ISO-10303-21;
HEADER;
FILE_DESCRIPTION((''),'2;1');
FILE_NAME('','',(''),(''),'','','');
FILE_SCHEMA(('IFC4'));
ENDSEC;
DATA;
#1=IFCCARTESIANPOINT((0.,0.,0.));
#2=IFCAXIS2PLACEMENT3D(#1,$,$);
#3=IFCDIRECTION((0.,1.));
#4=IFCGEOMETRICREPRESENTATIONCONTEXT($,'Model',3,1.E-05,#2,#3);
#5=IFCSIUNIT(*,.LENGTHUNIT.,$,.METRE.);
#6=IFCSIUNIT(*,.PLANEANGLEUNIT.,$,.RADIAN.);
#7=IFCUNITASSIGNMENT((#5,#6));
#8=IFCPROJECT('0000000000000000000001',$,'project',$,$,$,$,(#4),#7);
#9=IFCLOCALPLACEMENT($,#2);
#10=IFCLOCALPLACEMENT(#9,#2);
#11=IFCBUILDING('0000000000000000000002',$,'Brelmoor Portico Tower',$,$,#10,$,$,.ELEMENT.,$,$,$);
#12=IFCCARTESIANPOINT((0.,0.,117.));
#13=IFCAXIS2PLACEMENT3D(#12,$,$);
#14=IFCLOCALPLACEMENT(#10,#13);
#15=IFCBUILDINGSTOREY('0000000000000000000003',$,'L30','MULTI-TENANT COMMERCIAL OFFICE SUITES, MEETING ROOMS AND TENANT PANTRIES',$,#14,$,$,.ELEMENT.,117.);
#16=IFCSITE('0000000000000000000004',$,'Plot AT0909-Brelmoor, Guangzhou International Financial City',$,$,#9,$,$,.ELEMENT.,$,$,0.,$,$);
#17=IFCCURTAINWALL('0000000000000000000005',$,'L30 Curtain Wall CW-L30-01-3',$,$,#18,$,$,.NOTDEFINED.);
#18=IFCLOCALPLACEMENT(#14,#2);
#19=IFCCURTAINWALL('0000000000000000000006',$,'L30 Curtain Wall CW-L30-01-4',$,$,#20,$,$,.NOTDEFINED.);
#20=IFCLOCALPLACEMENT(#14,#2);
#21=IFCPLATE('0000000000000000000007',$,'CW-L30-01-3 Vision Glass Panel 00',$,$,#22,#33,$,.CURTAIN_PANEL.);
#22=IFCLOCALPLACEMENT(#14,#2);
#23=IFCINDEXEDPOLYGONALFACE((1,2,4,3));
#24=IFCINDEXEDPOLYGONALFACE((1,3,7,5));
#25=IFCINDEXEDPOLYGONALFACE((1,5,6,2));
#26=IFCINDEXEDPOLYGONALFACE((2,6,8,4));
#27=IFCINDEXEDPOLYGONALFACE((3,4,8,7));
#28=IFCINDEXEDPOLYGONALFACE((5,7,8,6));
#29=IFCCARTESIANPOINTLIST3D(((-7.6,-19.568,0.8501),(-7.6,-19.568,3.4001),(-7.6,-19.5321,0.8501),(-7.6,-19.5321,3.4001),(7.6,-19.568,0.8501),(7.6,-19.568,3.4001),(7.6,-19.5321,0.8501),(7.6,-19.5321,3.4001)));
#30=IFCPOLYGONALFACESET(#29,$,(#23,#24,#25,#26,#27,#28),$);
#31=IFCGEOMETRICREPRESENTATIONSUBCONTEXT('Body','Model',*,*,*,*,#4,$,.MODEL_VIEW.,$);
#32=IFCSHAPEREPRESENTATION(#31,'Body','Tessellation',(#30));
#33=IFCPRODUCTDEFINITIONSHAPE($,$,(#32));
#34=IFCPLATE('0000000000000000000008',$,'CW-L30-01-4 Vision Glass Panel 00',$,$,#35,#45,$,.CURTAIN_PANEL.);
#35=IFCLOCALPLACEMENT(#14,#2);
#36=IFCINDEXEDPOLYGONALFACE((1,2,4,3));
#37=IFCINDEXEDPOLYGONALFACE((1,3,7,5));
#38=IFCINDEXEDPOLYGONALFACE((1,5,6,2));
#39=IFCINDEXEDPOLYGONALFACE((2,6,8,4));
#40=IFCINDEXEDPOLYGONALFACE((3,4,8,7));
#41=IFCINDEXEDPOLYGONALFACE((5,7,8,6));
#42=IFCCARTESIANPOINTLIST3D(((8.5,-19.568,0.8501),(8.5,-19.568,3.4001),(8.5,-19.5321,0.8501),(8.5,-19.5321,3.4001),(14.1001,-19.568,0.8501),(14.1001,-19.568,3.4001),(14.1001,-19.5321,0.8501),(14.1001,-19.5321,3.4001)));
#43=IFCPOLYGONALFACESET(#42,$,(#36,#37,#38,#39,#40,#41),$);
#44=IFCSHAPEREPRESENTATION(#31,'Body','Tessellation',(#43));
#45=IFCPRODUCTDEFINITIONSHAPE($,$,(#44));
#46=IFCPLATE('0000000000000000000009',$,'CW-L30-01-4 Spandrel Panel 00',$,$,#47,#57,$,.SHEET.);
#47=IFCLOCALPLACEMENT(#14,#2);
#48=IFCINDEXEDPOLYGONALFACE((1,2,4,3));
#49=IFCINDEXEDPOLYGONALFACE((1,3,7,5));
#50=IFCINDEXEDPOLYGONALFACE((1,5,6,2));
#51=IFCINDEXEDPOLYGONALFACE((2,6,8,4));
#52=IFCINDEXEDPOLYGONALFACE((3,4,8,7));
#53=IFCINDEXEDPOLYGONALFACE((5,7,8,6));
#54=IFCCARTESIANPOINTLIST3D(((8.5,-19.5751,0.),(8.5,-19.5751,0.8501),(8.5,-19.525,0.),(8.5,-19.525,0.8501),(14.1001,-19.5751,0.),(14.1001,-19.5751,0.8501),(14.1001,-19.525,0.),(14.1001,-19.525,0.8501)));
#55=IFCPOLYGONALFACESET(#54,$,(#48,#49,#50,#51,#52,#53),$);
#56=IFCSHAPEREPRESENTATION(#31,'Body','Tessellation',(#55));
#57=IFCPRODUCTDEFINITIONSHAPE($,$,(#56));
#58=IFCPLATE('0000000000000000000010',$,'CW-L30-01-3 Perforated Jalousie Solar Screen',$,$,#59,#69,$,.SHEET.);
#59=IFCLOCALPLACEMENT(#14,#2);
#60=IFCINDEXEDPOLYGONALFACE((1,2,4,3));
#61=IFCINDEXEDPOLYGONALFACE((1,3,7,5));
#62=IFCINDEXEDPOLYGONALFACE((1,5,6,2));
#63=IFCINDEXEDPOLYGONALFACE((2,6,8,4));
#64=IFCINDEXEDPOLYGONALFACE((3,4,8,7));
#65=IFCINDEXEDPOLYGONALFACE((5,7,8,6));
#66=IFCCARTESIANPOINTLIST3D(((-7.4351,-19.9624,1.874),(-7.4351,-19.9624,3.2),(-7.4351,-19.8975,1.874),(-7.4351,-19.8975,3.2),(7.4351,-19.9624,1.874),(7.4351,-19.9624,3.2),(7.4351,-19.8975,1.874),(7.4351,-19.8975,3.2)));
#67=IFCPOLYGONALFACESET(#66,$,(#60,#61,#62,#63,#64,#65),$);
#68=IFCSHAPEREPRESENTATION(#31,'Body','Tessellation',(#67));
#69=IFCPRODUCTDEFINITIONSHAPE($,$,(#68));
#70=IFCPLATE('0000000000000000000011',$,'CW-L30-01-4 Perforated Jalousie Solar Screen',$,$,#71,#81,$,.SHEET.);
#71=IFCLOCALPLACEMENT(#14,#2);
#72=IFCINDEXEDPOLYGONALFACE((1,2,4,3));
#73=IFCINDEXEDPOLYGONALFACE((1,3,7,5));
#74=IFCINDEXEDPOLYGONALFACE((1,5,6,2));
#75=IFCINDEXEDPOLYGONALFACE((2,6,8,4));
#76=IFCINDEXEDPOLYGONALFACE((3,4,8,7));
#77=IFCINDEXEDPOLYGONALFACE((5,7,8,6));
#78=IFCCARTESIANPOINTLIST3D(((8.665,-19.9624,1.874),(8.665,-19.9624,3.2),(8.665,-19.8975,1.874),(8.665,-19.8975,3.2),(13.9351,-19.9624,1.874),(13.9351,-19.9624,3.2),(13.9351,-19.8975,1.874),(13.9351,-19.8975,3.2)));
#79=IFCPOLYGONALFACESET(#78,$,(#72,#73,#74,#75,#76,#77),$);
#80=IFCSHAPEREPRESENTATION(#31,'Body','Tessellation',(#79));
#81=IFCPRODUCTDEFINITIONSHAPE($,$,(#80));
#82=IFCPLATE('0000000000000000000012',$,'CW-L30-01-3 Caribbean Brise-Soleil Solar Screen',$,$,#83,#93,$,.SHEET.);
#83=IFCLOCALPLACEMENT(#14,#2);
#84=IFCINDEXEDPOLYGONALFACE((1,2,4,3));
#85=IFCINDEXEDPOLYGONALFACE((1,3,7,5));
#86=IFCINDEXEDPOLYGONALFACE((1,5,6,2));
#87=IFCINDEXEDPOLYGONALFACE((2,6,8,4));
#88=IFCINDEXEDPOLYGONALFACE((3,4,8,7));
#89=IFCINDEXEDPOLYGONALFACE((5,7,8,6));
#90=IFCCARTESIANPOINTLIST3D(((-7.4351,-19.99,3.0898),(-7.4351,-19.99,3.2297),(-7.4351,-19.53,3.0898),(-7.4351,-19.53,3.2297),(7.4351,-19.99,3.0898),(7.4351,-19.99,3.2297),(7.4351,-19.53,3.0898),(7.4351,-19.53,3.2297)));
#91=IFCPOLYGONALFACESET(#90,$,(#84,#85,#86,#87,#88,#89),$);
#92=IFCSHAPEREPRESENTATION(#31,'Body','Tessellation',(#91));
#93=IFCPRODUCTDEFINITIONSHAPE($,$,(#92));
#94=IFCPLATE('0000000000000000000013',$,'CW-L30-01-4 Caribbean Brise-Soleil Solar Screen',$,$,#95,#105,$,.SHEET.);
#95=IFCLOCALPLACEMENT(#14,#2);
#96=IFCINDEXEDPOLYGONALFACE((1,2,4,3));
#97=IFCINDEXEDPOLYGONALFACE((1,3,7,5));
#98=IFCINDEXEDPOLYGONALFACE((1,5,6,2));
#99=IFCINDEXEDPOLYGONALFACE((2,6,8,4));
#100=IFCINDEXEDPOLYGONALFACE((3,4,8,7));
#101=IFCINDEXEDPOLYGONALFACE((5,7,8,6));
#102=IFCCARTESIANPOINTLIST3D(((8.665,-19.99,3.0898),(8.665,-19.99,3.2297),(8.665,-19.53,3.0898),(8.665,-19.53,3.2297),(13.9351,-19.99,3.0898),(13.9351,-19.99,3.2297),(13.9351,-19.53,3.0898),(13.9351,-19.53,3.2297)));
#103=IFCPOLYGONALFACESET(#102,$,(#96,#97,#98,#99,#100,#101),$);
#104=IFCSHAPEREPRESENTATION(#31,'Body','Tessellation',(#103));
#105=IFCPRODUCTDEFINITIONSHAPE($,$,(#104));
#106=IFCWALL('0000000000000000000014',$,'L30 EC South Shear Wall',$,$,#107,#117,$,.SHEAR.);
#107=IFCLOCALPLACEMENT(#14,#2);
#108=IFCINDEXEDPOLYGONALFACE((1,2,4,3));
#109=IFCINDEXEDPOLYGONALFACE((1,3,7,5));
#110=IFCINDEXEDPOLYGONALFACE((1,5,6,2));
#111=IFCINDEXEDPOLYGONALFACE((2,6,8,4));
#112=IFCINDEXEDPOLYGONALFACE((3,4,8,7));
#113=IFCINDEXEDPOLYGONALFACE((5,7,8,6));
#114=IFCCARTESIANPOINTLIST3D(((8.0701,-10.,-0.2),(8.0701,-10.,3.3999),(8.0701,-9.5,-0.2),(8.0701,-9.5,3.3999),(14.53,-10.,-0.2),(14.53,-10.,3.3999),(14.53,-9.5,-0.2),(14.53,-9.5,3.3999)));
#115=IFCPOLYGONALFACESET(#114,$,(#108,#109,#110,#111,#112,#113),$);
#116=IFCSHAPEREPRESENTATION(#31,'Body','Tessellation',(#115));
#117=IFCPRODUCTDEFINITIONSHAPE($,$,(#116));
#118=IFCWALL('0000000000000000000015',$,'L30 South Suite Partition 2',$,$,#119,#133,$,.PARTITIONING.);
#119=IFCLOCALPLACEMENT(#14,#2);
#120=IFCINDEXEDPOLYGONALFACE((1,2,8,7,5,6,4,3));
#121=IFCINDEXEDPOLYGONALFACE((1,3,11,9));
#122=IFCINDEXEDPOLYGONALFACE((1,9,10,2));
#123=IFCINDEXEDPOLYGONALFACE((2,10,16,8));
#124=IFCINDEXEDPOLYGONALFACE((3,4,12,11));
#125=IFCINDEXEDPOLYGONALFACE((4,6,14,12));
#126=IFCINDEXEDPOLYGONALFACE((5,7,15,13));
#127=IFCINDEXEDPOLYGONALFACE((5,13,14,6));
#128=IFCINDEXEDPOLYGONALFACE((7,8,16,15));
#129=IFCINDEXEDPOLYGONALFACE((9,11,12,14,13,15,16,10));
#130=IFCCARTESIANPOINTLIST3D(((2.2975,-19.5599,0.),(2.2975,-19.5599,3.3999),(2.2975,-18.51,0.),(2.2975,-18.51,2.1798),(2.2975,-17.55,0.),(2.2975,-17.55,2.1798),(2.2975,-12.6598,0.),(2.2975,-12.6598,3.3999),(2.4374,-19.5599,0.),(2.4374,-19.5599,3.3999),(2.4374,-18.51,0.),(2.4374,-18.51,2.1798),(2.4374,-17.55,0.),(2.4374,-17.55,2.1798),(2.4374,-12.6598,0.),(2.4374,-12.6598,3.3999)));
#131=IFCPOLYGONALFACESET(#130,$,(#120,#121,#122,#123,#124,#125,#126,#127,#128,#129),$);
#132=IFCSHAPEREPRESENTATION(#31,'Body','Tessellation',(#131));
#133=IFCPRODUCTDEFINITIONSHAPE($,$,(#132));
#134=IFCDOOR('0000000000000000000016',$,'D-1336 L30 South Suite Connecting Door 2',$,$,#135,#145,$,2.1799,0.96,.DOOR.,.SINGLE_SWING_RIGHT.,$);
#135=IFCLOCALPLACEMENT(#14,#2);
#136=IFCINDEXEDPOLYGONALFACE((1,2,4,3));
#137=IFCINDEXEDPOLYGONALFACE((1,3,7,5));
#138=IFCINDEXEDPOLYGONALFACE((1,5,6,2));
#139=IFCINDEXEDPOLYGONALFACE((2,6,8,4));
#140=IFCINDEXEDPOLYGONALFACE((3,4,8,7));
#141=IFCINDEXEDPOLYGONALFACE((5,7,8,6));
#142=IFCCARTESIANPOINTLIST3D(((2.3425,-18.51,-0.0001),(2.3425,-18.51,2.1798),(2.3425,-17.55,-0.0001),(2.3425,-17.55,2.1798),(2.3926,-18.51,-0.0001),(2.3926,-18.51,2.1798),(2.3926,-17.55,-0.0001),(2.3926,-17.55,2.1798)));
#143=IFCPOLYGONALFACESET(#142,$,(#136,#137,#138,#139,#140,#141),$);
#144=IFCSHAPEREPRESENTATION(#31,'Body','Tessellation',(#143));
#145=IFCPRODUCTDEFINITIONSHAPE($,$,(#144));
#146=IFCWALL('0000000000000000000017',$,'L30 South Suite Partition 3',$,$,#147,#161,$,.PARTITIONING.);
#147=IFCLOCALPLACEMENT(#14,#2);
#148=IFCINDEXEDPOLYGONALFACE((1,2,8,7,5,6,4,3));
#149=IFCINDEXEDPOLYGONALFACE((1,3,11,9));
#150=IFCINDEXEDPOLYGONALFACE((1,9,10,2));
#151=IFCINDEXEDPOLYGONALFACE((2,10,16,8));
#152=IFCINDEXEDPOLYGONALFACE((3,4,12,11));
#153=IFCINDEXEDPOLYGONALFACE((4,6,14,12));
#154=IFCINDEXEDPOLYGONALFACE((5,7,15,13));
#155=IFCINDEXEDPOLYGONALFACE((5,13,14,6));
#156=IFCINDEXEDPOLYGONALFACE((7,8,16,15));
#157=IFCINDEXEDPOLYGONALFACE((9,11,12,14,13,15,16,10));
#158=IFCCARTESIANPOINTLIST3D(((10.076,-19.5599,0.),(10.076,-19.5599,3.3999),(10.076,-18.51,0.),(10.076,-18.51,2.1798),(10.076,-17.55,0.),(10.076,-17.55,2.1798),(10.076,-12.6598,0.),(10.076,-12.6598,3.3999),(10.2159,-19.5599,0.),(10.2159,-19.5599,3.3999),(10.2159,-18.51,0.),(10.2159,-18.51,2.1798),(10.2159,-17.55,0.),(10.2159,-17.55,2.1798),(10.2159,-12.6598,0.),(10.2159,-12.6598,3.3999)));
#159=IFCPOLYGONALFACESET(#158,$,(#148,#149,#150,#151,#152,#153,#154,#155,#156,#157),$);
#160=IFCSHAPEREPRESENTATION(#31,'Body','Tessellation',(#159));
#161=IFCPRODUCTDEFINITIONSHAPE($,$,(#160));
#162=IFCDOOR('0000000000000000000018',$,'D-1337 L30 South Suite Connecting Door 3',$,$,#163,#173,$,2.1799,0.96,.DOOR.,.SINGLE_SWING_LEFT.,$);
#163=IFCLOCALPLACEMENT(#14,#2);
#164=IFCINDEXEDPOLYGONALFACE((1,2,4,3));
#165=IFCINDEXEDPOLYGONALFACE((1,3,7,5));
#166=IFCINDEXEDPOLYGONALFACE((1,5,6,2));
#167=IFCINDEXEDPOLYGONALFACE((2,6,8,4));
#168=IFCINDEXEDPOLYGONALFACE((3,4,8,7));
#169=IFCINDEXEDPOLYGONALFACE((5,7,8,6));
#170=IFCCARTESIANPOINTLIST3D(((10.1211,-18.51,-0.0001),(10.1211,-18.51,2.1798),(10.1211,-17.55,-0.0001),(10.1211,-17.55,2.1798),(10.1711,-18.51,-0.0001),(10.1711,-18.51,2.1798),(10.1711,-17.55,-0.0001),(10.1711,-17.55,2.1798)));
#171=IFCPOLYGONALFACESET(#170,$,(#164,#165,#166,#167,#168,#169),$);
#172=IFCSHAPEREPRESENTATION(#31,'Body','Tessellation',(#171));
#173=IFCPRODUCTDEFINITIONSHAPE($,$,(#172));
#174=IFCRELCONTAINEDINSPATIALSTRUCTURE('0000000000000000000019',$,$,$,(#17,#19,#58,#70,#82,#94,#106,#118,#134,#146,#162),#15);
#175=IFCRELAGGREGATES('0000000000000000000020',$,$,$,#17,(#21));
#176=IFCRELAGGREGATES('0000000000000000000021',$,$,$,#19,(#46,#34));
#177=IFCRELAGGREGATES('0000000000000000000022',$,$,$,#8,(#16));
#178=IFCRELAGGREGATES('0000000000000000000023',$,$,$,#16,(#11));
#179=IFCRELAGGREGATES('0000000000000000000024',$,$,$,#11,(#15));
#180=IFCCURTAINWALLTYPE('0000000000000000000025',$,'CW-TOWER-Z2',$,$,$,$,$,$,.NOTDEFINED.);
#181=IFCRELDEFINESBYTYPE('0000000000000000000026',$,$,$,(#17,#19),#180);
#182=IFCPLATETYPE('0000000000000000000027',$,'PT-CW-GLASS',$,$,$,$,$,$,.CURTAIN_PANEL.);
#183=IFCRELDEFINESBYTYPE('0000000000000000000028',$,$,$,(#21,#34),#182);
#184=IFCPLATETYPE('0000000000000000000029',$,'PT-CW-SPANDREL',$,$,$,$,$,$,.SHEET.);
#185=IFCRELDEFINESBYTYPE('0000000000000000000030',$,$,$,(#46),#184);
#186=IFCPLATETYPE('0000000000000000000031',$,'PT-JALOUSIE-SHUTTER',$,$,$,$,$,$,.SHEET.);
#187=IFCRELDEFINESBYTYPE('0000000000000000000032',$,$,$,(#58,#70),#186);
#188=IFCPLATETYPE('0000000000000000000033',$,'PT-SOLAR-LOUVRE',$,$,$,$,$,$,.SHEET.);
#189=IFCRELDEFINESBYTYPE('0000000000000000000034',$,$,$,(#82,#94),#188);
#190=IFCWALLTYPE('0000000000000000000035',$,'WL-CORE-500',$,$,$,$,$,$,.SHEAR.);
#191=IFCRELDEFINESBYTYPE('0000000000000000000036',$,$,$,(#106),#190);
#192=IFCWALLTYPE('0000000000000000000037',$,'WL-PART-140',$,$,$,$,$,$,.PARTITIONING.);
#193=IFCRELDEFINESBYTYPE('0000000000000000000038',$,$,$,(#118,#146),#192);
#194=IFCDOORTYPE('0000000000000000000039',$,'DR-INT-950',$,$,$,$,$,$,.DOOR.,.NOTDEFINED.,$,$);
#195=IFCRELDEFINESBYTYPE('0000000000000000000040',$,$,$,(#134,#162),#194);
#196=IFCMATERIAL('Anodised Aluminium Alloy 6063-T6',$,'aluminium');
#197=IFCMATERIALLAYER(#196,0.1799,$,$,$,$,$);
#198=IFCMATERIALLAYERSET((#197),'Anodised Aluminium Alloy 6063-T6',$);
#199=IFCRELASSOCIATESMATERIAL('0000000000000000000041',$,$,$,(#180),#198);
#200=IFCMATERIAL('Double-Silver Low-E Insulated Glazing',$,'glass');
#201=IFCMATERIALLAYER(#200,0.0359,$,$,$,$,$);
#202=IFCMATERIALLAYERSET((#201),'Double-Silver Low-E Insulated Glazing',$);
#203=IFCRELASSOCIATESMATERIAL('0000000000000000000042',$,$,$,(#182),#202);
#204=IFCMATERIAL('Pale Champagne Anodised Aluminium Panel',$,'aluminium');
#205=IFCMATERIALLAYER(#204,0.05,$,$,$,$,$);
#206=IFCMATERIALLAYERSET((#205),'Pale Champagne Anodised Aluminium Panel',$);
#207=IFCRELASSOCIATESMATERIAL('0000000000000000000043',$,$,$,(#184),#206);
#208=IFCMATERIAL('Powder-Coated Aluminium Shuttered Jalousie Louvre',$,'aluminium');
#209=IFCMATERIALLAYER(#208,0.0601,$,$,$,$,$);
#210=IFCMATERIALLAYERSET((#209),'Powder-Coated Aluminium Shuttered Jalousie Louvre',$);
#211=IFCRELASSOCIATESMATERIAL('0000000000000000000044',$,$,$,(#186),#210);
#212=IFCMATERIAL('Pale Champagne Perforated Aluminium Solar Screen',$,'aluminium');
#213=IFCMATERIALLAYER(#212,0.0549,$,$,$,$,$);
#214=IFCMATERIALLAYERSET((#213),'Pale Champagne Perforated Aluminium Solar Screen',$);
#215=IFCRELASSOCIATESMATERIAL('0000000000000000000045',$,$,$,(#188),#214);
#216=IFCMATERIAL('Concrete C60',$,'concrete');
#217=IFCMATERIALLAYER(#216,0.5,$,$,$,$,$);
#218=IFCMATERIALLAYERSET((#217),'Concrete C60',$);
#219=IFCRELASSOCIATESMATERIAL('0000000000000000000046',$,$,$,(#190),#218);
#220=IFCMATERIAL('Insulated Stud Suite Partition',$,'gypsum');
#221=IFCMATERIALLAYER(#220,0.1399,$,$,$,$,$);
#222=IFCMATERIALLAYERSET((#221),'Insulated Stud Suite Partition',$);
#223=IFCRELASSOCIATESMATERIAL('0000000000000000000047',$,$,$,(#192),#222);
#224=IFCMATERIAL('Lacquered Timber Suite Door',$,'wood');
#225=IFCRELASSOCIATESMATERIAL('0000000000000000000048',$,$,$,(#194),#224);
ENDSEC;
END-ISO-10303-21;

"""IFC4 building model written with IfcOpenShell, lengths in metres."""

from ifc_helpers import new_model, si_unit, direction, frame, frame_2d, origin, origin_2d, place, context, subcontext, project, spatial, rectangle, extrude, material, layer, layer_set, type_object, element, fill, aggregate, save


model = new_model("IFC4")

# Units and contexts
model_context = context("Model", 3, precision=1e-05, world=origin(), true_north=direction((0.0, 1.0)))
body_context = subcontext(model_context, "Body", "Model", "MODEL_VIEW")
ifc_project = project(units=[si_unit("LENGTHUNIT", "METRE"), si_unit("PLANEANGLEUNIT", "RADIAN")], contexts=[model_context])

# Site, building, storey
site_placement = place(None, origin())
site = spatial("IfcSite", under=ifc_project, at=site_placement, Name="Plot AT0909-Brelmoor, Guangzhou International Financial City", CompositionType="ELEMENT", RefElevation=0.0)
building_placement = place(site_placement, origin())
building = spatial("IfcBuilding", under=site, at=building_placement, Name="Brelmoor Portico Tower", CompositionType="ELEMENT")
storey_placement = place(building_placement, frame((0.0, 0.0, 117.0)))
storey = spatial("IfcBuildingStorey", under=building, at=storey_placement, Name="L30", Description="MULTI-TENANT COMMERCIAL OFFICE SUITES, MEETING ROOMS AND TENANT PANTRIES", CompositionType="ELEMENT", Elevation=117.0)

# Curtain wall
ifc_material_1 = material(Name="Anodised Aluminium Alloy 6063-T6", Category="aluminium")
ifc_layer_1 = layer(ifc_material_1, 0.1799)
ifc_layer_set_1 = layer_set([ifc_layer_1], Name="Anodised Aluminium Alloy 6063-T6")
curtain_wall_type = type_object("IfcCurtainWallType", Name="CW-TOWER-Z2", PredefinedType="NOTDEFINED", material=ifc_layer_set_1)
curtain_wall_1_placement = place(storey_placement, origin())
curtain_wall_1 = element("IfcCurtainWall", 1, at=curtain_wall_1_placement, inside=storey, type_object=curtain_wall_type, Name="L30 Curtain Wall CW-L30-01-3", PredefinedType="NOTDEFINED")

# Curtain wall
curtain_wall_2_placement = place(storey_placement, origin())
curtain_wall_2 = element("IfcCurtainWall", 2, at=curtain_wall_2_placement, inside=storey, type_object=curtain_wall_type, Name="L30 Curtain Wall CW-L30-01-4", PredefinedType="NOTDEFINED")

# Plates
ifc_material_2 = material(Name="Double-Silver Low-E Insulated Glazing", Category="glass")
ifc_layer_2 = layer(ifc_material_2, 0.0359)
ifc_layer_set_2 = layer_set([ifc_layer_2], Name="Double-Silver Low-E Insulated Glazing")
plate_type_1 = type_object("IfcPlateType", Name="PT-CW-GLASS", PredefinedType="CURTAIN_PANEL", material=ifc_layer_set_2)
plate_1_placement = place(storey_placement, frame((0.0, -19.55, 0.8501), z_axis=(0.0, 0.0, 1.0), x_axis=(1.0, 0.0, 0.0)))
plate_1 = element("IfcPlate", 3, at=plate_1_placement, type_object=plate_type_1, Name="CW-L30-01-3 Vision Glass Panel 00", PredefinedType="CURTAIN_PANEL", context=body_context, shape_type="SweptSolid", body=[
    extrude(rectangle(XDim=15.2, YDim=0.0359, at=origin_2d()), origin(), (0.0, 0.0, 1.0), 2.55),
])
aggregate(curtain_wall_1, [plate_1])
plate_2_placement = place(storey_placement, frame((11.3, -19.55, 0.8501), z_axis=(0.0, 0.0, 1.0), x_axis=(1.0, 0.0, 0.0)))
plate_2 = element("IfcPlate", 4, at=plate_2_placement, type_object=plate_type_1, Name="CW-L30-01-4 Vision Glass Panel 00", PredefinedType="CURTAIN_PANEL", context=body_context, shape_type="SweptSolid", body=[
    extrude(rectangle(XDim=5.6001, YDim=0.0359, at=origin_2d()), origin(), (0.0, 0.0, 1.0), 2.55),
])
ifc_material_3 = material(Name="Pale Champagne Anodised Aluminium Panel", Category="aluminium")
ifc_layer_3 = layer(ifc_material_3, 0.05)
ifc_layer_set_3 = layer_set([ifc_layer_3], Name="Pale Champagne Anodised Aluminium Panel")
plate_type_2 = type_object("IfcPlateType", Name="PT-CW-SPANDREL", PredefinedType="SHEET", material=ifc_layer_set_3)
plate_3_placement = place(storey_placement, frame((11.3, -19.55, 0.0), z_axis=(0.0, 0.0, 1.0), x_axis=(1.0, 0.0, 0.0)))
plate_3 = element("IfcPlate", 5, at=plate_3_placement, type_object=plate_type_2, Name="CW-L30-01-4 Spandrel Panel 00", PredefinedType="SHEET", context=body_context, shape_type="SweptSolid", body=[
    extrude(rectangle(XDim=5.6001, YDim=0.05, at=origin_2d()), origin(), (0.0, 0.0, 1.0), 0.8501),
])
aggregate(curtain_wall_2, [plate_3, plate_2])

# Plates
ifc_material_4 = material(Name="Powder-Coated Aluminium Shuttered Jalousie Louvre", Category="aluminium")
ifc_layer_4 = layer(ifc_material_4, 0.0601)
ifc_layer_set_4 = layer_set([ifc_layer_4], Name="Powder-Coated Aluminium Shuttered Jalousie Louvre")
plate_type_3 = type_object("IfcPlateType", Name="PT-JALOUSIE-SHUTTER", PredefinedType="SHEET", material=ifc_layer_set_4)
plate_4_placement = place(storey_placement, frame((0.0, -19.9299, 1.874), z_axis=(0.0, 0.0, 1.0), x_axis=(1.0, 0.0, 0.0)))
element("IfcPlate", 6, at=plate_4_placement, inside=storey, type_object=plate_type_3, Name="CW-L30-01-3 Perforated Jalousie Solar Screen", PredefinedType="SHEET", context=body_context, shape_type="SweptSolid", body=[
    extrude(rectangle(XDim=14.8701, YDim=0.0649, at=origin_2d()), origin(), (0.0, 0.0, 1.0), 1.3259),
])
plate_5_placement = place(storey_placement, frame((11.3, -19.9299, 1.874), z_axis=(0.0, 0.0, 1.0), x_axis=(1.0, 0.0, 0.0)))
element("IfcPlate", 7, at=plate_5_placement, inside=storey, type_object=plate_type_3, Name="CW-L30-01-4 Perforated Jalousie Solar Screen", PredefinedType="SHEET", context=body_context, shape_type="SweptSolid", body=[
    extrude(rectangle(XDim=5.27, YDim=0.0649, at=origin_2d()), origin(), (0.0, 0.0, 1.0), 1.3259),
])
ifc_material_5 = material(Name="Pale Champagne Perforated Aluminium Solar Screen", Category="aluminium")
ifc_layer_5 = layer(ifc_material_5, 0.0549)
ifc_layer_set_5 = layer_set([ifc_layer_5], Name="Pale Champagne Perforated Aluminium Solar Screen")
plate_type_4 = type_object("IfcPlateType", Name="PT-SOLAR-LOUVRE", PredefinedType="SHEET", material=ifc_layer_set_5)
plate_6_placement = place(storey_placement, frame((0.0, -19.76, 3.0898), z_axis=(0.0, 0.0, 1.0), x_axis=(1.0, 0.0, 0.0)))
element("IfcPlate", 8, at=plate_6_placement, inside=storey, type_object=plate_type_4, Name="CW-L30-01-3 Caribbean Brise-Soleil Solar Screen", PredefinedType="SHEET", context=body_context, shape_type="SweptSolid", body=[
    extrude(rectangle(XDim=14.8701, YDim=0.46, at=origin_2d()), origin(), (0.0, 0.0, 1.0), 0.1399),
])
plate_7_placement = place(storey_placement, frame((11.3, -19.76, 3.0898), z_axis=(0.0, 0.0, 1.0), x_axis=(1.0, 0.0, 0.0)))
element("IfcPlate", 9, at=plate_7_placement, inside=storey, type_object=plate_type_4, Name="CW-L30-01-4 Caribbean Brise-Soleil Solar Screen", PredefinedType="SHEET", context=body_context, shape_type="SweptSolid", body=[
    extrude(rectangle(XDim=5.27, YDim=0.46, at=origin_2d()), origin(), (0.0, 0.0, 1.0), 0.1399),
])

# Wall
ifc_material_6 = material(Name="Concrete C60", Category="concrete")
ifc_layer_6 = layer(ifc_material_6, 0.5)
ifc_layer_set_6 = layer_set([ifc_layer_6], Name="Concrete C60")
wall_type_1 = type_object("IfcWallType", Name="WL-CORE-500", PredefinedType="SHEAR", material=ifc_layer_set_6)
wall_1_placement = place(storey_placement, frame((8.0701, -9.75, -0.2), z_axis=(0.0, 0.0, 1.0), x_axis=(1.0, 0.0, 0.0)))
element("IfcWall", 10, at=wall_1_placement, inside=storey, type_object=wall_type_1, Name="L30 EC South Shear Wall", PredefinedType="SHEAR", context=body_context, shape_type="SweptSolid", body=[
    extrude(rectangle(XDim=6.46, YDim=0.5, at=frame_2d((3.23, 0.0))), origin(), (0.0, 0.0, 1.0), 3.5999),
])

# Walls, openings, doors
ifc_material_7 = material(Name="Insulated Stud Suite Partition", Category="gypsum")
ifc_layer_7 = layer(ifc_material_7, 0.1399)
ifc_layer_set_7 = layer_set([ifc_layer_7], Name="Insulated Stud Suite Partition")
wall_type_2 = type_object("IfcWallType", Name="WL-PART-140", PredefinedType="PARTITIONING", material=ifc_layer_set_7)
wall_2_placement = place(storey_placement, frame((2.3674, -19.5601, 0.0), z_axis=(0.0, 0.0, 1.0), x_axis=(0.0, 1.0, 0.0)))
wall_2 = element("IfcWall", 11, at=wall_2_placement, inside=storey, type_object=wall_type_2, Name="L30 South Suite Partition 2", PredefinedType="PARTITIONING", context=body_context, shape_type="SweptSolid", body=[
    extrude(rectangle(XDim=6.9001, YDim=0.1399, at=frame_2d((3.4502, 0.0))), origin(), (0.0, 0.0, 1.0), 3.3999),
])
opening_1_placement = place(wall_2_placement, frame((1.05, 0.0, 0.0)))
opening_1 = element("IfcOpeningElement", 12, at=opening_1_placement, cuts=wall_2, PredefinedType="OPENING", context=body_context, shape_type="SweptSolid", body=[
    extrude(rectangle(XDim=0.96, YDim=2.1799, at=frame_2d((0.48, 1.0898))), frame((0.0, 0.0798, 0.0), z_axis=(0.0, -1.0, 0.0), x_axis=(1.0, 0.0, 0.0)), (0.0, 0.0, 1.0), 0.1599),
])
ifc_material_8 = material(Name="Lacquered Timber Suite Door", Category="wood")
door_type_1 = type_object("IfcDoorType", Name="DR-INT-950", OperationType="NOTDEFINED", PredefinedType="DOOR", material=ifc_material_8)
door_1_placement = place(opening_1_placement, origin())
door_1 = element("IfcDoor", 13, at=door_1_placement, inside=storey, type_object=door_type_1, Name="D-1336 L30 South Suite Connecting Door 2", OperationType="SINGLE_SWING_RIGHT", OverallHeight=2.1799, OverallWidth=0.96, PredefinedType="DOOR", context=body_context, shape_type="SweptSolid", body=[
    extrude(rectangle(XDim=0.96, YDim=2.1799, at=frame_2d((0.48, 1.0898))), frame((0.0, 0.0249, 0.0), z_axis=(0.0, -1.0, 0.0), x_axis=(1.0, 0.0, 0.0)), (0.0, 0.0, 1.0), 0.05),
])
fill(opening_1, door_1)
wall_3_placement = place(storey_placement, frame((10.146, -19.5601, 0.0), z_axis=(0.0, 0.0, 1.0), x_axis=(0.0, 1.0, 0.0)))
wall_3 = element("IfcWall", 14, at=wall_3_placement, inside=storey, type_object=wall_type_2, Name="L30 South Suite Partition 3", PredefinedType="PARTITIONING", context=body_context, shape_type="SweptSolid", body=[
    extrude(rectangle(XDim=6.9001, YDim=0.1399, at=frame_2d((3.4502, 0.0))), origin(), (0.0, 0.0, 1.0), 3.3999),
])
opening_2_placement = place(wall_3_placement, frame((1.05, 0.0, 0.0)))
opening_2 = element("IfcOpeningElement", 15, at=opening_2_placement, cuts=wall_3, PredefinedType="OPENING", context=body_context, shape_type="SweptSolid", body=[
    extrude(rectangle(XDim=0.96, YDim=2.1799, at=frame_2d((0.48, 1.0898))), frame((0.0, 0.0798, 0.0), z_axis=(0.0, -1.0, 0.0), x_axis=(1.0, 0.0, 0.0)), (0.0, 0.0, 1.0), 0.1599),
])
door_2_placement = place(opening_2_placement, origin())
door_2 = element("IfcDoor", 16, at=door_2_placement, inside=storey, type_object=door_type_1, Name="D-1337 L30 South Suite Connecting Door 3", OperationType="SINGLE_SWING_LEFT", OverallHeight=2.1799, OverallWidth=0.96, PredefinedType="DOOR", context=body_context, shape_type="SweptSolid", body=[
    extrude(rectangle(XDim=0.96, YDim=2.1799, at=frame_2d((0.48, 1.0898))), frame((0.0, 0.0249, 0.0), z_axis=(0.0, -1.0, 0.0), x_axis=(1.0, 0.0, 0.0)), (0.0, 0.0, 1.0), 0.05),
])
fill(opening_2, door_2)

save(model, "model.ifc")
